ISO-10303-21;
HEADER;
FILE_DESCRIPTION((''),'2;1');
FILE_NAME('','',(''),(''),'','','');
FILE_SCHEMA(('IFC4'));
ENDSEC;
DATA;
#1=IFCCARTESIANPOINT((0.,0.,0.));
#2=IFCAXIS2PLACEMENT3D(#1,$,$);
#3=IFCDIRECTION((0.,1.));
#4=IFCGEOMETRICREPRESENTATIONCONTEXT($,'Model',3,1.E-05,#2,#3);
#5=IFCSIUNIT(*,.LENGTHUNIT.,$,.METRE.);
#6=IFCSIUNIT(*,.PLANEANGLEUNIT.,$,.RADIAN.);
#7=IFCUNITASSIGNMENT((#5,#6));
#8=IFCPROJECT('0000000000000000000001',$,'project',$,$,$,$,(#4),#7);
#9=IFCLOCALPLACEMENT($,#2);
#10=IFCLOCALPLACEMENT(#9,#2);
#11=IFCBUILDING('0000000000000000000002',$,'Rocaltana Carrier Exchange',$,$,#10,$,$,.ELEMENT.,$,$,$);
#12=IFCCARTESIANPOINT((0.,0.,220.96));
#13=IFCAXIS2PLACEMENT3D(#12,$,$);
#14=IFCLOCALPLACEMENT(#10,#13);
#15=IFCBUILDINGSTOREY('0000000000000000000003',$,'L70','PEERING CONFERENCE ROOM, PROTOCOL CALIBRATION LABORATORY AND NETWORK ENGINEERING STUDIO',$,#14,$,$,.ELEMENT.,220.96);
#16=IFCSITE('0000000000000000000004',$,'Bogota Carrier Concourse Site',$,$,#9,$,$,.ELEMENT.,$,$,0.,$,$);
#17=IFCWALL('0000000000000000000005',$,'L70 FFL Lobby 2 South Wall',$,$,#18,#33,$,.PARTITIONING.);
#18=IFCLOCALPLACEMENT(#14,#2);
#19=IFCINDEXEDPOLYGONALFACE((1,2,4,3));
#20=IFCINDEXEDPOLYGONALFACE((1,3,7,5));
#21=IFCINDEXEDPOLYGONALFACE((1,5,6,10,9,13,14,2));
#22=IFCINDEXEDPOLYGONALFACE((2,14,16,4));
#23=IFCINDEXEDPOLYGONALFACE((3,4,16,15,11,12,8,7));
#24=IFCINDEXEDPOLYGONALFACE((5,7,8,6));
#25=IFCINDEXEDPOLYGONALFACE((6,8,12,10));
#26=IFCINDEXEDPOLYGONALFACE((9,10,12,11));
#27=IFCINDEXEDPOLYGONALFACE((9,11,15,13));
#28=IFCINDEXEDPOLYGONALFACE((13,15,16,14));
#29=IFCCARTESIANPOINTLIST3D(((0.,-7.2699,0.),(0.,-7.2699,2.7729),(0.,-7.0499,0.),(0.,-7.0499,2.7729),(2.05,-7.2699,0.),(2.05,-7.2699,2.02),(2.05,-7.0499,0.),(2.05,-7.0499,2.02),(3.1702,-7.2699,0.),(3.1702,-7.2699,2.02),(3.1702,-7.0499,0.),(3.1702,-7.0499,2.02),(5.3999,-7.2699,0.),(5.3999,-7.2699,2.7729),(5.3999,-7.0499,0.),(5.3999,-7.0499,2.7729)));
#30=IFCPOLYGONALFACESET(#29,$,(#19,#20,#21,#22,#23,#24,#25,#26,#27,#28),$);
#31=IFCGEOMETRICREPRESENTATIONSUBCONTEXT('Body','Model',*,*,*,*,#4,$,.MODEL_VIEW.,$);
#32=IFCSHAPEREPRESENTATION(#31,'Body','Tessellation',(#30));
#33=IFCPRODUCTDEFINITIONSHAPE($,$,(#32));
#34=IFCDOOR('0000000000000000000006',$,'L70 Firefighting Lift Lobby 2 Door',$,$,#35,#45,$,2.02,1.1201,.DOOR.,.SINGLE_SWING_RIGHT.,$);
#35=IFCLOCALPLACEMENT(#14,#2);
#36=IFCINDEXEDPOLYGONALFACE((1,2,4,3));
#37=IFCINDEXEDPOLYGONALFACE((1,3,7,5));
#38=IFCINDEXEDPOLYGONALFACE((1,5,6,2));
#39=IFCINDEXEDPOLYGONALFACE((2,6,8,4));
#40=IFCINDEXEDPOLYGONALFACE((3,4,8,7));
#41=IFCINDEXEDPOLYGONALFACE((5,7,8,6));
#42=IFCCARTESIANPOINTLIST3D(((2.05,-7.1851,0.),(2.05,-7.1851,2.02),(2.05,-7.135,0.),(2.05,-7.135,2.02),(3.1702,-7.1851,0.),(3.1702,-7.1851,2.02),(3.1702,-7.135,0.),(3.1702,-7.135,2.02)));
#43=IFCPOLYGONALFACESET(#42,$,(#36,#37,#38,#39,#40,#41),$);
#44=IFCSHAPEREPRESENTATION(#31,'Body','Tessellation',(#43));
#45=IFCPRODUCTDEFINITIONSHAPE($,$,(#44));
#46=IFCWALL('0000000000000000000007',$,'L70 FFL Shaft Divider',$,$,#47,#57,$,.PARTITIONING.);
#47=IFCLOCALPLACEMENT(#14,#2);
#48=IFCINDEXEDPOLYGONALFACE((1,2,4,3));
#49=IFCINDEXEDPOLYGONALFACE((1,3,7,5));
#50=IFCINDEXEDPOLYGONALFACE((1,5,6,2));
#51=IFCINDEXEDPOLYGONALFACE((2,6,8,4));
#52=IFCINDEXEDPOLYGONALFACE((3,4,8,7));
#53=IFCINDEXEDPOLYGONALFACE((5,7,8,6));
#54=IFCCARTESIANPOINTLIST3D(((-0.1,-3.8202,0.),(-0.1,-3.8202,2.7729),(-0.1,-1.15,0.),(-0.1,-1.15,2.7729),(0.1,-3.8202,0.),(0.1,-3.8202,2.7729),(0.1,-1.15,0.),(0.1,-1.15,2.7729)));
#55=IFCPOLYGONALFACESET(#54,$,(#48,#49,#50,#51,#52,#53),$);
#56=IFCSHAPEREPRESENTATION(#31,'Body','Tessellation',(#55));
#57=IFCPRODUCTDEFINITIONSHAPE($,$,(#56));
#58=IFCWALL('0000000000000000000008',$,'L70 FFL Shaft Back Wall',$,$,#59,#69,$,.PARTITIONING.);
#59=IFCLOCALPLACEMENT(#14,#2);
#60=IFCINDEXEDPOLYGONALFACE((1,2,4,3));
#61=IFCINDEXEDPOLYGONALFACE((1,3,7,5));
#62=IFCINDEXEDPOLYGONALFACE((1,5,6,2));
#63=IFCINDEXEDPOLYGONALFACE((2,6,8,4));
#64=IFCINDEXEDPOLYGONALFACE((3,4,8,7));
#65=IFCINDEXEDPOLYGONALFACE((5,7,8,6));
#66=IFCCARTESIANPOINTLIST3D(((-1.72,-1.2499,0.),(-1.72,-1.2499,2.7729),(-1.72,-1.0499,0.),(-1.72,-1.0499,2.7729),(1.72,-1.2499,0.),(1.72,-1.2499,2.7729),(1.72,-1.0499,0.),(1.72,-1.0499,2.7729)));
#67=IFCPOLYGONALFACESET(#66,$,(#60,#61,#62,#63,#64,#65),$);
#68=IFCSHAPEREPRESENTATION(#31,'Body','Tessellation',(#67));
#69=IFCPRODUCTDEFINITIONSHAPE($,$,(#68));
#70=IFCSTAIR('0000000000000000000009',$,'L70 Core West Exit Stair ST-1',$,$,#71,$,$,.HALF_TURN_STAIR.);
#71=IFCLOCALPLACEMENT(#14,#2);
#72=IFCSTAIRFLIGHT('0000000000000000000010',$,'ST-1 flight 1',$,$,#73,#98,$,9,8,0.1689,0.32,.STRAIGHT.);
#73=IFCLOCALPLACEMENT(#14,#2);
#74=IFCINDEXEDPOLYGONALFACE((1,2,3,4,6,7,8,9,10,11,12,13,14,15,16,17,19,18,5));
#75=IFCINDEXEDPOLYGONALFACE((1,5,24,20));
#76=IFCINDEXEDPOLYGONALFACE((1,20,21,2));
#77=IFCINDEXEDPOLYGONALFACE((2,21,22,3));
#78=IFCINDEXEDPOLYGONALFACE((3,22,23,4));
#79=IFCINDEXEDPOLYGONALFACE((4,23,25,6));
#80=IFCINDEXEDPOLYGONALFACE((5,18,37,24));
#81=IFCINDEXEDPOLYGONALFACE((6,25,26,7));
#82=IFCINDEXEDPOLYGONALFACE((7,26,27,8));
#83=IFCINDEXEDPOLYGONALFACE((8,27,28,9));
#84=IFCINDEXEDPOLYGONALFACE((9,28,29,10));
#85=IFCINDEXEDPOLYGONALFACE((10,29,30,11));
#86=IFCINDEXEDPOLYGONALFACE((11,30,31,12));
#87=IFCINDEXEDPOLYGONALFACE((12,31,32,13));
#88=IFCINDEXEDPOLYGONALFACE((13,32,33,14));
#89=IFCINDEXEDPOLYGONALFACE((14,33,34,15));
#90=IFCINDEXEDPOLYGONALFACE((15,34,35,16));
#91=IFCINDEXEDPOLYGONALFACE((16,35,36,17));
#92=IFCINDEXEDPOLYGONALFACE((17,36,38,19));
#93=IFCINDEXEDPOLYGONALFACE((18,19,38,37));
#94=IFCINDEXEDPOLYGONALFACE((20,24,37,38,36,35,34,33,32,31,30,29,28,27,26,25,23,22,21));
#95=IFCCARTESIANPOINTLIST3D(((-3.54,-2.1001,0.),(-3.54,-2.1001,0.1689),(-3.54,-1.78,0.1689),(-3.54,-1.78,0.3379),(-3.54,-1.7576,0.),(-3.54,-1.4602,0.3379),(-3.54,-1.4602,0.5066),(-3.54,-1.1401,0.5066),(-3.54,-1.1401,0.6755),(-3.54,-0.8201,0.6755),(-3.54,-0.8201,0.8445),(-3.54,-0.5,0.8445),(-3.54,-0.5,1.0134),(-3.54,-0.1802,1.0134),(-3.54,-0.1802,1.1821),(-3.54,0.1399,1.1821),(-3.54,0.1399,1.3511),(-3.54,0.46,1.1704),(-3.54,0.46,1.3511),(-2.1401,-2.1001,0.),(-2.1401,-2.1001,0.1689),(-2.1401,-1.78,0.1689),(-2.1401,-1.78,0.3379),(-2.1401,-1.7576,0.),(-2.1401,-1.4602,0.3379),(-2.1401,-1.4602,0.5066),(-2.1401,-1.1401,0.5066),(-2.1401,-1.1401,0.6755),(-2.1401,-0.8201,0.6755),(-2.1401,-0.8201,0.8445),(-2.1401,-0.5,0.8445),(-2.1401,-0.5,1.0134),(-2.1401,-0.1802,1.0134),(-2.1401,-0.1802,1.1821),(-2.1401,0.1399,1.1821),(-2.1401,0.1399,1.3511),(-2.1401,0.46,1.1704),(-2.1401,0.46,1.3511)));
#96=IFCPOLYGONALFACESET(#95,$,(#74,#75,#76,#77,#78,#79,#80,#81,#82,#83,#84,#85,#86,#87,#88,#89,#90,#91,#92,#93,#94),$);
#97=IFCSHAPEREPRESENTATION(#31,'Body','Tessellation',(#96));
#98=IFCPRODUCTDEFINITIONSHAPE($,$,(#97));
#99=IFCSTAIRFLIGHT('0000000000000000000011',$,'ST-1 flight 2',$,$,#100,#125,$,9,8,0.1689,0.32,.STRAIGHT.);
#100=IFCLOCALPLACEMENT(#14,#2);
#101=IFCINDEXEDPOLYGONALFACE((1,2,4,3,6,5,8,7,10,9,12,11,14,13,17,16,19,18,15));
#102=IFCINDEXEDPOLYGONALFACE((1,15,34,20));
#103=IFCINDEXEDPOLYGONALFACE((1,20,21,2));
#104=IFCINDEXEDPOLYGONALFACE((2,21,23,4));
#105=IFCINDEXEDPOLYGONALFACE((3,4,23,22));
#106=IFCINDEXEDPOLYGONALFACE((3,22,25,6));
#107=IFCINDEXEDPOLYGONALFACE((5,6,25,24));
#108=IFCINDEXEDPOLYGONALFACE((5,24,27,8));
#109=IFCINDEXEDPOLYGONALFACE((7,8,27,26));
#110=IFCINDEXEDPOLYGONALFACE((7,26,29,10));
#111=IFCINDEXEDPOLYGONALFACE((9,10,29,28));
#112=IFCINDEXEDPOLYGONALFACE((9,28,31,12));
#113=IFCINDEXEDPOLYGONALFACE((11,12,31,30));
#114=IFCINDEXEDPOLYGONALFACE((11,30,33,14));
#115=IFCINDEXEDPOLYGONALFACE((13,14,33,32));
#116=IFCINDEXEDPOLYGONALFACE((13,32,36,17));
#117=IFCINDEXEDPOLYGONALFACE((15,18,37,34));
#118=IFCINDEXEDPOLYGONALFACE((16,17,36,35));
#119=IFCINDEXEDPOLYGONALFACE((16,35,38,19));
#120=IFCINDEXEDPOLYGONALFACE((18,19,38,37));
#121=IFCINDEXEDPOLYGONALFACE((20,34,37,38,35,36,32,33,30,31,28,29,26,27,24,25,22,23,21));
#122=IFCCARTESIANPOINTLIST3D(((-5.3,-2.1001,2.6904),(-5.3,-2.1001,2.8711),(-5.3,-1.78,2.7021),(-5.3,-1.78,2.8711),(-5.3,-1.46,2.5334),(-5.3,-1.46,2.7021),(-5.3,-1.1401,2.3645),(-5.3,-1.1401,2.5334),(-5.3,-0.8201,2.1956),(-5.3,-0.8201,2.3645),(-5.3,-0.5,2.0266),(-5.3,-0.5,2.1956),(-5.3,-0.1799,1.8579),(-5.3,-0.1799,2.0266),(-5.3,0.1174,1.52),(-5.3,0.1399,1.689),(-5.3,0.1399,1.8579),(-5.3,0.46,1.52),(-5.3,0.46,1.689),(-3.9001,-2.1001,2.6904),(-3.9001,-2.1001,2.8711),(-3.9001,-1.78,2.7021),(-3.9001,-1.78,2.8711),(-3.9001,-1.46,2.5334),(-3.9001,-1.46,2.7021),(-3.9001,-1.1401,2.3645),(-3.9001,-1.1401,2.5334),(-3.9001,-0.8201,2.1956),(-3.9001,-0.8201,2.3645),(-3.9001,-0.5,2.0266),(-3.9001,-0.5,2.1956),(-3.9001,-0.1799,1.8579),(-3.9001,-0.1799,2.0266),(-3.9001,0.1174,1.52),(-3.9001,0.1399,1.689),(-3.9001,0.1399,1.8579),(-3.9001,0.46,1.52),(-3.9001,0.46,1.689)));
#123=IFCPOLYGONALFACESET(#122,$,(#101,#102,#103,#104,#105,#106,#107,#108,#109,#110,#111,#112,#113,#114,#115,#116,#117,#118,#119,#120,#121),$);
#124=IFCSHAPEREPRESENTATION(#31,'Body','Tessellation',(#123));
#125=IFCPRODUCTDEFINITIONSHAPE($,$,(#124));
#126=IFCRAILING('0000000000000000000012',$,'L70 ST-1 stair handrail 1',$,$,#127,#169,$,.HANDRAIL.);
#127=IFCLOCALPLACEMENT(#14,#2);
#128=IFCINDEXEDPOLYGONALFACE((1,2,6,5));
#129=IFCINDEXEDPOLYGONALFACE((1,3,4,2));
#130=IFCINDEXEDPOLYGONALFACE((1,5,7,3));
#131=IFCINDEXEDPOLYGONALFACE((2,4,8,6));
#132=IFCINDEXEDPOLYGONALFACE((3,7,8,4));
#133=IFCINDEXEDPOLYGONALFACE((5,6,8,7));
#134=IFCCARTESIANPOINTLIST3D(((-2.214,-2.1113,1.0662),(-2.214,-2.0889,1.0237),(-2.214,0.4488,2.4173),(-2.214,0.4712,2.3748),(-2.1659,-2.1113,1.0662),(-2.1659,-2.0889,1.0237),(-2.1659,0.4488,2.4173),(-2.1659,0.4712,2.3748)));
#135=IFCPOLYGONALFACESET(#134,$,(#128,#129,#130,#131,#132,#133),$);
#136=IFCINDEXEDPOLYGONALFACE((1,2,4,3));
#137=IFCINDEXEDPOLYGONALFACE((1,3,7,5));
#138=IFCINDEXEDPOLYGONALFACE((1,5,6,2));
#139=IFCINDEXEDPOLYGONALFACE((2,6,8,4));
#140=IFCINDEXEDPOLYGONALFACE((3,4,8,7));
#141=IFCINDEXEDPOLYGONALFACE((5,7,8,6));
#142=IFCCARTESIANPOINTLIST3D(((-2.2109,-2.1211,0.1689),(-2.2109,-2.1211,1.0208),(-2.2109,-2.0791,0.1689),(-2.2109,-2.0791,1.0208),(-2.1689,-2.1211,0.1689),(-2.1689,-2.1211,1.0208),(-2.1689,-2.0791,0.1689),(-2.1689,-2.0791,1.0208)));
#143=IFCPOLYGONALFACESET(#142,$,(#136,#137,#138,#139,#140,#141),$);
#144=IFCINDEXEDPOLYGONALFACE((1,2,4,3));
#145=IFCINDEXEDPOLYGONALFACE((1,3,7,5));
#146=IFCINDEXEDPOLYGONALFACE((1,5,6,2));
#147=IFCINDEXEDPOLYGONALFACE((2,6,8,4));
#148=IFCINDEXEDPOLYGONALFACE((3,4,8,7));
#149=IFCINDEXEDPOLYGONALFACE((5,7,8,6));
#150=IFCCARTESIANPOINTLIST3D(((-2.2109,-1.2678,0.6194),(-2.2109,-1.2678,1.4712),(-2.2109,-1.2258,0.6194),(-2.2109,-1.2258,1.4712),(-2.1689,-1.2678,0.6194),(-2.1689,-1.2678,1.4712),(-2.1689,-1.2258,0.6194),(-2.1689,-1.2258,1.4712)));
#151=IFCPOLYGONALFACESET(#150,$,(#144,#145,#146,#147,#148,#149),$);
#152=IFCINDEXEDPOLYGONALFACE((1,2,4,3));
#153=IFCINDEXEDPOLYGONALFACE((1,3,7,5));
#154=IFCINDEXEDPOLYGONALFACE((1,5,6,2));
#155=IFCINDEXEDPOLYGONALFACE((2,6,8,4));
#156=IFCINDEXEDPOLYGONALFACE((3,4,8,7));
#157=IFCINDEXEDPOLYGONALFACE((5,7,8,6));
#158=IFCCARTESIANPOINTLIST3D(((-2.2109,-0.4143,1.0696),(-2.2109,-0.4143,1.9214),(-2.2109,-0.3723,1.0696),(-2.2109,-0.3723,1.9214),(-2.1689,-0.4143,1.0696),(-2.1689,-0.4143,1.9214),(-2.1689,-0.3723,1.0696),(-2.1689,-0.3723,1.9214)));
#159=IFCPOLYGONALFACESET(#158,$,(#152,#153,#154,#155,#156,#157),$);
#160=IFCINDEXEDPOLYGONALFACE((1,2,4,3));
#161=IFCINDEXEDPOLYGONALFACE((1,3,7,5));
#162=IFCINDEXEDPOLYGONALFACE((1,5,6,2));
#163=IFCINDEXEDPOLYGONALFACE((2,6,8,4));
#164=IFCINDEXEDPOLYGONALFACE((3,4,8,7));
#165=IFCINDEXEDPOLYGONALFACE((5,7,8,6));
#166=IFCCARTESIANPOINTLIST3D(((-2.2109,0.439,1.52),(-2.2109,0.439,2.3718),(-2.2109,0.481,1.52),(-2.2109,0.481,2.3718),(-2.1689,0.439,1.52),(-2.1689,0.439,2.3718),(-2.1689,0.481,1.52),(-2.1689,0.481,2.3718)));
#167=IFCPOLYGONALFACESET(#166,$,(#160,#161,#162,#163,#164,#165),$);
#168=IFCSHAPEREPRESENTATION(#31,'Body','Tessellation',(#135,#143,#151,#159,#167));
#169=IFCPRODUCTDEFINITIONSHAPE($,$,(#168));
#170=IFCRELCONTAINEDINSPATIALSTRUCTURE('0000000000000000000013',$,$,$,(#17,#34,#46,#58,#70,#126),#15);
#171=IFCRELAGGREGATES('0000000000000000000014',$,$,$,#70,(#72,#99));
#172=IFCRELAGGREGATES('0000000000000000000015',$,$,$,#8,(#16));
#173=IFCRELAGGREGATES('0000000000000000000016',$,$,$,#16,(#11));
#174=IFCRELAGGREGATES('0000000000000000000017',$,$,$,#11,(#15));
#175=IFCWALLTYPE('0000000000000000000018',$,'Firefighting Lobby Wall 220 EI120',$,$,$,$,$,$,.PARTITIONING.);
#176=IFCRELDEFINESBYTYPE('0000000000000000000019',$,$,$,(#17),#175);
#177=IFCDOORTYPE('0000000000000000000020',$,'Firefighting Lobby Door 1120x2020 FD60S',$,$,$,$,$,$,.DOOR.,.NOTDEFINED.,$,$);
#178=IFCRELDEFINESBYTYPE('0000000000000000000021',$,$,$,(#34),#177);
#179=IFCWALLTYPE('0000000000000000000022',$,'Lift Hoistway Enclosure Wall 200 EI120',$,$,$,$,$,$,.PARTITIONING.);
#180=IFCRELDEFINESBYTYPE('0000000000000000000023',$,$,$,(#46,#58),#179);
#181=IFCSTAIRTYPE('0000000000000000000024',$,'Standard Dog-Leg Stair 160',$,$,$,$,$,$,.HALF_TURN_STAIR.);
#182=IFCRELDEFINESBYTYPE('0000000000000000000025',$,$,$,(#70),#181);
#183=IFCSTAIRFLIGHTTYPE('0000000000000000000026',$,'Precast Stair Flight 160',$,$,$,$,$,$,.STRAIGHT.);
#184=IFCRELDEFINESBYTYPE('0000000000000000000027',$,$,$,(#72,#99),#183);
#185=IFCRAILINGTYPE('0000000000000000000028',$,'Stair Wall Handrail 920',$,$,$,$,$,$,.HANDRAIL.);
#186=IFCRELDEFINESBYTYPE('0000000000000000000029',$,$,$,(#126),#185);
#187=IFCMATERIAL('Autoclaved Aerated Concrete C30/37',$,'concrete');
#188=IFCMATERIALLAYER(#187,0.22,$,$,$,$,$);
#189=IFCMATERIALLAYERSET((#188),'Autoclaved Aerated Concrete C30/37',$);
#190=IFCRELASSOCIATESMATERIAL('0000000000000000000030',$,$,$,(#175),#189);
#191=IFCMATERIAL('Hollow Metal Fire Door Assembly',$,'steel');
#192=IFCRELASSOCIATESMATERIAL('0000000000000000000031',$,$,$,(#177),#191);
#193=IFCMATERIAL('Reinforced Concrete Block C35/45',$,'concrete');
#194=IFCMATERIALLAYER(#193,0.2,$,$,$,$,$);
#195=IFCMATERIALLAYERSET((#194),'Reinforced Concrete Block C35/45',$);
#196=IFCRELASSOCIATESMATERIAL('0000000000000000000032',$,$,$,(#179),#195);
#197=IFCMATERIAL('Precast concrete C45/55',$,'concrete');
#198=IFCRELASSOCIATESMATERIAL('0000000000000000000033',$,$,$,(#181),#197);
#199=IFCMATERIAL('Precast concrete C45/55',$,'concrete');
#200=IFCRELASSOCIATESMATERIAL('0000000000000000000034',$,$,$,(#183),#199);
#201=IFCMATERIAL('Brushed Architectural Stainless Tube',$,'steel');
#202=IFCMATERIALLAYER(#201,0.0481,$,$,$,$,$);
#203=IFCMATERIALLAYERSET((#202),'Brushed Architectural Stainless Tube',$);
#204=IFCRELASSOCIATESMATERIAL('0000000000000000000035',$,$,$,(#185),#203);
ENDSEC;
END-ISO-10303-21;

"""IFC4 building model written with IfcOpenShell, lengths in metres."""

from ifc_helpers import new_model, si_unit, direction, frame, frame_2d, origin, origin_2d, place, context, subcontext, project, spatial, polyline, rectangle, outline, extrude, material, layer, layer_set, type_object, element, fill, aggregate, save


model = new_model("IFC4")

# Units and contexts
model_context = context("Model", 3, precision=1e-05, world=origin(), true_north=direction((0.0, 1.0)))
body_context = subcontext(model_context, "Body", "Model", "MODEL_VIEW")
ifc_project = project(units=[si_unit("LENGTHUNIT", "METRE"), si_unit("PLANEANGLEUNIT", "RADIAN")], contexts=[model_context])

# Site, building, storey
site_placement = place(None, origin())
site = spatial("IfcSite", under=ifc_project, at=site_placement, Name="Bogota Carrier Concourse Site", CompositionType="ELEMENT", RefElevation=0.0)
building_placement = place(site_placement, origin())
building = spatial("IfcBuilding", under=site, at=building_placement, Name="Rocaltana Carrier Exchange", CompositionType="ELEMENT")
storey_placement = place(building_placement, frame((0.0, 0.0, 220.96)))
storey = spatial("IfcBuildingStorey", under=building, at=storey_placement, Name="L70", Description="PEERING CONFERENCE ROOM, PROTOCOL CALIBRATION LABORATORY AND NETWORK ENGINEERING STUDIO", CompositionType="ELEMENT", Elevation=220.96)

# Shared definitions
ifc_material_1 = material(Name="Autoclaved Aerated Concrete C30/37", Category="concrete")
ifc_layer_1 = layer(ifc_material_1, 0.22)
ifc_layer_set_1 = layer_set([ifc_layer_1], Name="Autoclaved Aerated Concrete C30/37")
wall_type_1 = type_object("IfcWallType", Name="Firefighting Lobby Wall 220 EI120", PredefinedType="PARTITIONING", material=ifc_layer_set_1)

# Wall, opening, door
ifc_material_2 = material(Name="Hollow Metal Fire Door Assembly", Category="steel")
door_type = type_object("IfcDoorType", Name="Firefighting Lobby Door 1120x2020 FD60S", OperationType="NOTDEFINED", PredefinedType="DOOR", material=ifc_material_2)
wall_1_placement = place(storey_placement, frame((0.0, -7.1599, 0.0), z_axis=(0.0, 0.0, 1.0), x_axis=(1.0, 0.0, 0.0)))
wall_1 = element("IfcWall", 1, at=wall_1_placement, inside=storey, type_object=wall_type_1, Name="L70 FFL Lobby 2 South Wall", PredefinedType="PARTITIONING", context=body_context, shape_type="SweptSolid", body=[
    extrude(rectangle(XDim=5.3999, YDim=0.22, at=frame_2d((2.7, 0.0))), origin(), (0.0, 0.0, 1.0), 2.7729),
])
opening_1_placement = place(wall_1_placement, frame((2.05, 0.0, 0.0)))
opening_1 = element("IfcOpeningElement", 2, at=opening_1_placement, cuts=wall_1, PredefinedType="OPENING", context=body_context, shape_type="SweptSolid", body=[
    extrude(rectangle(XDim=1.1201, YDim=2.02, at=frame_2d((0.5601, 1.01))), frame((0.0, 0.1199, 0.0), z_axis=(0.0, -1.0, 0.0), x_axis=(1.0, 0.0, 0.0)), (0.0, 0.0, 1.0), 0.24),
])
door_1_placement = place(opening_1_placement, origin())
door_1 = element("IfcDoor", 3, at=door_1_placement, inside=storey, type_object=door_type, Name="L70 Firefighting Lift Lobby 2 Door", OperationType="SINGLE_SWING_RIGHT", OverallHeight=2.02, OverallWidth=1.1201, PredefinedType="DOOR", context=body_context, shape_type="SweptSolid", body=[
    extrude(rectangle(XDim=1.1201, YDim=2.02, at=frame_2d((0.5601, 1.01))), frame((0.0, 0.0249, 0.0), z_axis=(0.0, -1.0, 0.0), x_axis=(1.0, 0.0, 0.0)), (0.0, 0.0, 1.0), 0.05),
])
fill(opening_1, door_1)

# Walls
ifc_material_3 = material(Name="Reinforced Concrete Block C35/45", Category="concrete")
ifc_layer_2 = layer(ifc_material_3, 0.2)
ifc_layer_set_2 = layer_set([ifc_layer_2], Name="Reinforced Concrete Block C35/45")
wall_type_2 = type_object("IfcWallType", Name="Lift Hoistway Enclosure Wall 200 EI120", PredefinedType="PARTITIONING", material=ifc_layer_set_2)
wall_2_placement = place(storey_placement, frame((0.0, -3.8201, 0.0), z_axis=(0.0, 0.0, 1.0), x_axis=(0.0, 1.0, 0.0)))
element("IfcWall", 4, at=wall_2_placement, inside=storey, type_object=wall_type_2, Name="L70 FFL Shaft Divider", PredefinedType="PARTITIONING", context=body_context, shape_type="SweptSolid", body=[
    extrude(rectangle(XDim=2.6702, YDim=0.2, at=frame_2d((1.335, 0.0))), origin(), (0.0, 0.0, 1.0), 2.7729),
])
wall_3_placement = place(storey_placement, frame((-1.72, -1.1499, 0.0), z_axis=(0.0, 0.0, 1.0), x_axis=(1.0, 0.0, 0.0)))
element("IfcWall", 5, at=wall_3_placement, inside=storey, type_object=wall_type_2, Name="L70 FFL Shaft Back Wall", PredefinedType="PARTITIONING", context=body_context, shape_type="SweptSolid", body=[
    extrude(rectangle(XDim=3.4399, YDim=0.2, at=frame_2d((1.72, 0.0))), origin(), (0.0, 0.0, 1.0), 2.7729),
])

# Stair, stair flights
ifc_material_4 = material(Name="Precast concrete C45/55", Category="concrete")
stair_type = type_object("IfcStairType", Name="Standard Dog-Leg Stair 160", PredefinedType="HALF_TURN_STAIR", material=ifc_material_4)
stair_placement = place(storey_placement, origin())
stair = element("IfcStair", 6, at=stair_placement, inside=storey, type_object=stair_type, Name="L70 Core West Exit Stair ST-1", PredefinedType="HALF_TURN_STAIR")
ifc_material_5 = material(Name="Precast concrete C45/55", Category="concrete")
stair_flight_type = type_object("IfcStairFlightType", Name="Precast Stair Flight 160", PredefinedType="STRAIGHT", material=ifc_material_5)
stair_flight_1_placement = place(storey_placement, frame((-2.8401, -2.1001, 0.0), z_axis=(0.0, 0.0, 1.0), x_axis=(0.0, 1.0, 0.0)))
stair_flight_1 = element("IfcStairFlight", 7, at=stair_flight_1_placement, type_object=stair_flight_type, Name="ST-1 flight 1", NumberOfRisers=9, NumberOfTreads=8, PredefinedType="STRAIGHT", RiserHeight=0.1689, TreadLength=0.32, context=body_context, shape_type="SweptSolid", body=[
    extrude(outline(polyline([(0.0, 0.0), (0.0, 0.1689), (0.3201, 0.1689), (0.3201, 0.3379), (0.6399, 0.3379), (0.6399, 0.5066), (0.96, 0.5066), (0.96, 0.6755), (1.28, 0.6755), (1.28, 0.8445), (1.6001, 0.8445), (1.6001, 1.0134), (1.9199, 1.0134), (1.9199, 1.1821), (2.24, 1.1821), (2.24, 1.3511), (2.5601, 1.3511), (2.5601, 1.52), (2.5601, 1.1704), (0.3425, 0.0), (0.0, 0.0)])), frame((0.0, 0.7, 0.0), z_axis=(0.0, -1.0, 0.0), x_axis=(1.0, 0.0, 0.0)), (0.0, 0.0, 1.0), 1.3999),
])
stair_flight_2_placement = place(storey_placement, frame((-4.6001, 0.46, 1.52), z_axis=(0.0, 0.0, 1.0), x_axis=(0.0, -1.0, 0.0)))
stair_flight_2 = element("IfcStairFlight", 8, at=stair_flight_2_placement, type_object=stair_flight_type, Name="ST-1 flight 2", NumberOfRisers=9, NumberOfTreads=8, PredefinedType="STRAIGHT", RiserHeight=0.1689, TreadLength=0.32, context=body_context, shape_type="SweptSolid", body=[
    extrude(outline(polyline([(0.0, 0.0), (0.0, 0.1689), (0.3201, 0.1689), (0.3201, 0.3379), (0.6399, 0.3379), (0.6399, 0.5066), (0.96, 0.5066), (0.96, 0.6755), (1.28, 0.6755), (1.28, 0.8445), (1.6001, 0.8445), (1.6001, 1.0134), (1.9199, 1.0134), (1.9199, 1.1821), (2.24, 1.1821), (2.24, 1.3511), (2.5601, 1.3511), (2.5601, 1.52), (2.5601, 1.1704), (0.3425, 0.0), (0.0, 0.0)])), frame((0.0, 0.7, 0.0), z_axis=(0.0, -1.0, 0.0), x_axis=(1.0, 0.0, 0.0)), (0.0, 0.0, 1.0), 1.3999),
])
aggregate(stair, [stair_flight_1, stair_flight_2])

# Railing
ifc_material_6 = material(Name="Brushed Architectural Stainless Tube", Category="steel")
ifc_layer_3 = layer(ifc_material_6, 0.0481)
ifc_layer_set_3 = layer_set([ifc_layer_3], Name="Brushed Architectural Stainless Tube")
railing_type_1 = type_object("IfcRailingType", Name="Stair Wall Handrail 920", PredefinedType="HANDRAIL", material=ifc_layer_set_3)
railing_1_placement = place(storey_placement, frame((-2.1899, -2.1001, 0.1689)))
element("IfcRailing", 9, at=railing_1_placement, inside=storey, type_object=railing_type_1, Name="L70 ST-1 stair handrail 1", PredefinedType="HANDRAIL", context=body_context, shape_type="SweptSolid", body=[
    extrude(rectangle(XDim=0.0481, YDim=0.0481, at=origin_2d()), frame((0.0, 0.0, 0.876), z_axis=(0.0, 0.884394, 0.46674), x_axis=(-1.0, 0.0, 0.0)), (0.0, 0.0, 1.0), 2.8948),
    extrude(rectangle(XDim=0.042, YDim=0.042, at=origin_2d()), origin(), (0.0, 0.0, 1.0), 0.8518),
    extrude(rectangle(XDim=0.042, YDim=0.042, at=origin_2d()), frame((0.0, 0.8533, 0.4504)), (0.0, 0.0, 1.0), 0.8518),
    extrude(rectangle(XDim=0.042, YDim=0.042, at=origin_2d()), frame((0.0, 1.7068, 0.9006)), (0.0, 0.0, 1.0), 0.8518),
    extrude(rectangle(XDim=0.042, YDim=0.042, at=origin_2d()), frame((0.0, 2.5601, 1.3511)), (0.0, 0.0, 1.0), 0.8518),
])

save(model, "model.ifc")
